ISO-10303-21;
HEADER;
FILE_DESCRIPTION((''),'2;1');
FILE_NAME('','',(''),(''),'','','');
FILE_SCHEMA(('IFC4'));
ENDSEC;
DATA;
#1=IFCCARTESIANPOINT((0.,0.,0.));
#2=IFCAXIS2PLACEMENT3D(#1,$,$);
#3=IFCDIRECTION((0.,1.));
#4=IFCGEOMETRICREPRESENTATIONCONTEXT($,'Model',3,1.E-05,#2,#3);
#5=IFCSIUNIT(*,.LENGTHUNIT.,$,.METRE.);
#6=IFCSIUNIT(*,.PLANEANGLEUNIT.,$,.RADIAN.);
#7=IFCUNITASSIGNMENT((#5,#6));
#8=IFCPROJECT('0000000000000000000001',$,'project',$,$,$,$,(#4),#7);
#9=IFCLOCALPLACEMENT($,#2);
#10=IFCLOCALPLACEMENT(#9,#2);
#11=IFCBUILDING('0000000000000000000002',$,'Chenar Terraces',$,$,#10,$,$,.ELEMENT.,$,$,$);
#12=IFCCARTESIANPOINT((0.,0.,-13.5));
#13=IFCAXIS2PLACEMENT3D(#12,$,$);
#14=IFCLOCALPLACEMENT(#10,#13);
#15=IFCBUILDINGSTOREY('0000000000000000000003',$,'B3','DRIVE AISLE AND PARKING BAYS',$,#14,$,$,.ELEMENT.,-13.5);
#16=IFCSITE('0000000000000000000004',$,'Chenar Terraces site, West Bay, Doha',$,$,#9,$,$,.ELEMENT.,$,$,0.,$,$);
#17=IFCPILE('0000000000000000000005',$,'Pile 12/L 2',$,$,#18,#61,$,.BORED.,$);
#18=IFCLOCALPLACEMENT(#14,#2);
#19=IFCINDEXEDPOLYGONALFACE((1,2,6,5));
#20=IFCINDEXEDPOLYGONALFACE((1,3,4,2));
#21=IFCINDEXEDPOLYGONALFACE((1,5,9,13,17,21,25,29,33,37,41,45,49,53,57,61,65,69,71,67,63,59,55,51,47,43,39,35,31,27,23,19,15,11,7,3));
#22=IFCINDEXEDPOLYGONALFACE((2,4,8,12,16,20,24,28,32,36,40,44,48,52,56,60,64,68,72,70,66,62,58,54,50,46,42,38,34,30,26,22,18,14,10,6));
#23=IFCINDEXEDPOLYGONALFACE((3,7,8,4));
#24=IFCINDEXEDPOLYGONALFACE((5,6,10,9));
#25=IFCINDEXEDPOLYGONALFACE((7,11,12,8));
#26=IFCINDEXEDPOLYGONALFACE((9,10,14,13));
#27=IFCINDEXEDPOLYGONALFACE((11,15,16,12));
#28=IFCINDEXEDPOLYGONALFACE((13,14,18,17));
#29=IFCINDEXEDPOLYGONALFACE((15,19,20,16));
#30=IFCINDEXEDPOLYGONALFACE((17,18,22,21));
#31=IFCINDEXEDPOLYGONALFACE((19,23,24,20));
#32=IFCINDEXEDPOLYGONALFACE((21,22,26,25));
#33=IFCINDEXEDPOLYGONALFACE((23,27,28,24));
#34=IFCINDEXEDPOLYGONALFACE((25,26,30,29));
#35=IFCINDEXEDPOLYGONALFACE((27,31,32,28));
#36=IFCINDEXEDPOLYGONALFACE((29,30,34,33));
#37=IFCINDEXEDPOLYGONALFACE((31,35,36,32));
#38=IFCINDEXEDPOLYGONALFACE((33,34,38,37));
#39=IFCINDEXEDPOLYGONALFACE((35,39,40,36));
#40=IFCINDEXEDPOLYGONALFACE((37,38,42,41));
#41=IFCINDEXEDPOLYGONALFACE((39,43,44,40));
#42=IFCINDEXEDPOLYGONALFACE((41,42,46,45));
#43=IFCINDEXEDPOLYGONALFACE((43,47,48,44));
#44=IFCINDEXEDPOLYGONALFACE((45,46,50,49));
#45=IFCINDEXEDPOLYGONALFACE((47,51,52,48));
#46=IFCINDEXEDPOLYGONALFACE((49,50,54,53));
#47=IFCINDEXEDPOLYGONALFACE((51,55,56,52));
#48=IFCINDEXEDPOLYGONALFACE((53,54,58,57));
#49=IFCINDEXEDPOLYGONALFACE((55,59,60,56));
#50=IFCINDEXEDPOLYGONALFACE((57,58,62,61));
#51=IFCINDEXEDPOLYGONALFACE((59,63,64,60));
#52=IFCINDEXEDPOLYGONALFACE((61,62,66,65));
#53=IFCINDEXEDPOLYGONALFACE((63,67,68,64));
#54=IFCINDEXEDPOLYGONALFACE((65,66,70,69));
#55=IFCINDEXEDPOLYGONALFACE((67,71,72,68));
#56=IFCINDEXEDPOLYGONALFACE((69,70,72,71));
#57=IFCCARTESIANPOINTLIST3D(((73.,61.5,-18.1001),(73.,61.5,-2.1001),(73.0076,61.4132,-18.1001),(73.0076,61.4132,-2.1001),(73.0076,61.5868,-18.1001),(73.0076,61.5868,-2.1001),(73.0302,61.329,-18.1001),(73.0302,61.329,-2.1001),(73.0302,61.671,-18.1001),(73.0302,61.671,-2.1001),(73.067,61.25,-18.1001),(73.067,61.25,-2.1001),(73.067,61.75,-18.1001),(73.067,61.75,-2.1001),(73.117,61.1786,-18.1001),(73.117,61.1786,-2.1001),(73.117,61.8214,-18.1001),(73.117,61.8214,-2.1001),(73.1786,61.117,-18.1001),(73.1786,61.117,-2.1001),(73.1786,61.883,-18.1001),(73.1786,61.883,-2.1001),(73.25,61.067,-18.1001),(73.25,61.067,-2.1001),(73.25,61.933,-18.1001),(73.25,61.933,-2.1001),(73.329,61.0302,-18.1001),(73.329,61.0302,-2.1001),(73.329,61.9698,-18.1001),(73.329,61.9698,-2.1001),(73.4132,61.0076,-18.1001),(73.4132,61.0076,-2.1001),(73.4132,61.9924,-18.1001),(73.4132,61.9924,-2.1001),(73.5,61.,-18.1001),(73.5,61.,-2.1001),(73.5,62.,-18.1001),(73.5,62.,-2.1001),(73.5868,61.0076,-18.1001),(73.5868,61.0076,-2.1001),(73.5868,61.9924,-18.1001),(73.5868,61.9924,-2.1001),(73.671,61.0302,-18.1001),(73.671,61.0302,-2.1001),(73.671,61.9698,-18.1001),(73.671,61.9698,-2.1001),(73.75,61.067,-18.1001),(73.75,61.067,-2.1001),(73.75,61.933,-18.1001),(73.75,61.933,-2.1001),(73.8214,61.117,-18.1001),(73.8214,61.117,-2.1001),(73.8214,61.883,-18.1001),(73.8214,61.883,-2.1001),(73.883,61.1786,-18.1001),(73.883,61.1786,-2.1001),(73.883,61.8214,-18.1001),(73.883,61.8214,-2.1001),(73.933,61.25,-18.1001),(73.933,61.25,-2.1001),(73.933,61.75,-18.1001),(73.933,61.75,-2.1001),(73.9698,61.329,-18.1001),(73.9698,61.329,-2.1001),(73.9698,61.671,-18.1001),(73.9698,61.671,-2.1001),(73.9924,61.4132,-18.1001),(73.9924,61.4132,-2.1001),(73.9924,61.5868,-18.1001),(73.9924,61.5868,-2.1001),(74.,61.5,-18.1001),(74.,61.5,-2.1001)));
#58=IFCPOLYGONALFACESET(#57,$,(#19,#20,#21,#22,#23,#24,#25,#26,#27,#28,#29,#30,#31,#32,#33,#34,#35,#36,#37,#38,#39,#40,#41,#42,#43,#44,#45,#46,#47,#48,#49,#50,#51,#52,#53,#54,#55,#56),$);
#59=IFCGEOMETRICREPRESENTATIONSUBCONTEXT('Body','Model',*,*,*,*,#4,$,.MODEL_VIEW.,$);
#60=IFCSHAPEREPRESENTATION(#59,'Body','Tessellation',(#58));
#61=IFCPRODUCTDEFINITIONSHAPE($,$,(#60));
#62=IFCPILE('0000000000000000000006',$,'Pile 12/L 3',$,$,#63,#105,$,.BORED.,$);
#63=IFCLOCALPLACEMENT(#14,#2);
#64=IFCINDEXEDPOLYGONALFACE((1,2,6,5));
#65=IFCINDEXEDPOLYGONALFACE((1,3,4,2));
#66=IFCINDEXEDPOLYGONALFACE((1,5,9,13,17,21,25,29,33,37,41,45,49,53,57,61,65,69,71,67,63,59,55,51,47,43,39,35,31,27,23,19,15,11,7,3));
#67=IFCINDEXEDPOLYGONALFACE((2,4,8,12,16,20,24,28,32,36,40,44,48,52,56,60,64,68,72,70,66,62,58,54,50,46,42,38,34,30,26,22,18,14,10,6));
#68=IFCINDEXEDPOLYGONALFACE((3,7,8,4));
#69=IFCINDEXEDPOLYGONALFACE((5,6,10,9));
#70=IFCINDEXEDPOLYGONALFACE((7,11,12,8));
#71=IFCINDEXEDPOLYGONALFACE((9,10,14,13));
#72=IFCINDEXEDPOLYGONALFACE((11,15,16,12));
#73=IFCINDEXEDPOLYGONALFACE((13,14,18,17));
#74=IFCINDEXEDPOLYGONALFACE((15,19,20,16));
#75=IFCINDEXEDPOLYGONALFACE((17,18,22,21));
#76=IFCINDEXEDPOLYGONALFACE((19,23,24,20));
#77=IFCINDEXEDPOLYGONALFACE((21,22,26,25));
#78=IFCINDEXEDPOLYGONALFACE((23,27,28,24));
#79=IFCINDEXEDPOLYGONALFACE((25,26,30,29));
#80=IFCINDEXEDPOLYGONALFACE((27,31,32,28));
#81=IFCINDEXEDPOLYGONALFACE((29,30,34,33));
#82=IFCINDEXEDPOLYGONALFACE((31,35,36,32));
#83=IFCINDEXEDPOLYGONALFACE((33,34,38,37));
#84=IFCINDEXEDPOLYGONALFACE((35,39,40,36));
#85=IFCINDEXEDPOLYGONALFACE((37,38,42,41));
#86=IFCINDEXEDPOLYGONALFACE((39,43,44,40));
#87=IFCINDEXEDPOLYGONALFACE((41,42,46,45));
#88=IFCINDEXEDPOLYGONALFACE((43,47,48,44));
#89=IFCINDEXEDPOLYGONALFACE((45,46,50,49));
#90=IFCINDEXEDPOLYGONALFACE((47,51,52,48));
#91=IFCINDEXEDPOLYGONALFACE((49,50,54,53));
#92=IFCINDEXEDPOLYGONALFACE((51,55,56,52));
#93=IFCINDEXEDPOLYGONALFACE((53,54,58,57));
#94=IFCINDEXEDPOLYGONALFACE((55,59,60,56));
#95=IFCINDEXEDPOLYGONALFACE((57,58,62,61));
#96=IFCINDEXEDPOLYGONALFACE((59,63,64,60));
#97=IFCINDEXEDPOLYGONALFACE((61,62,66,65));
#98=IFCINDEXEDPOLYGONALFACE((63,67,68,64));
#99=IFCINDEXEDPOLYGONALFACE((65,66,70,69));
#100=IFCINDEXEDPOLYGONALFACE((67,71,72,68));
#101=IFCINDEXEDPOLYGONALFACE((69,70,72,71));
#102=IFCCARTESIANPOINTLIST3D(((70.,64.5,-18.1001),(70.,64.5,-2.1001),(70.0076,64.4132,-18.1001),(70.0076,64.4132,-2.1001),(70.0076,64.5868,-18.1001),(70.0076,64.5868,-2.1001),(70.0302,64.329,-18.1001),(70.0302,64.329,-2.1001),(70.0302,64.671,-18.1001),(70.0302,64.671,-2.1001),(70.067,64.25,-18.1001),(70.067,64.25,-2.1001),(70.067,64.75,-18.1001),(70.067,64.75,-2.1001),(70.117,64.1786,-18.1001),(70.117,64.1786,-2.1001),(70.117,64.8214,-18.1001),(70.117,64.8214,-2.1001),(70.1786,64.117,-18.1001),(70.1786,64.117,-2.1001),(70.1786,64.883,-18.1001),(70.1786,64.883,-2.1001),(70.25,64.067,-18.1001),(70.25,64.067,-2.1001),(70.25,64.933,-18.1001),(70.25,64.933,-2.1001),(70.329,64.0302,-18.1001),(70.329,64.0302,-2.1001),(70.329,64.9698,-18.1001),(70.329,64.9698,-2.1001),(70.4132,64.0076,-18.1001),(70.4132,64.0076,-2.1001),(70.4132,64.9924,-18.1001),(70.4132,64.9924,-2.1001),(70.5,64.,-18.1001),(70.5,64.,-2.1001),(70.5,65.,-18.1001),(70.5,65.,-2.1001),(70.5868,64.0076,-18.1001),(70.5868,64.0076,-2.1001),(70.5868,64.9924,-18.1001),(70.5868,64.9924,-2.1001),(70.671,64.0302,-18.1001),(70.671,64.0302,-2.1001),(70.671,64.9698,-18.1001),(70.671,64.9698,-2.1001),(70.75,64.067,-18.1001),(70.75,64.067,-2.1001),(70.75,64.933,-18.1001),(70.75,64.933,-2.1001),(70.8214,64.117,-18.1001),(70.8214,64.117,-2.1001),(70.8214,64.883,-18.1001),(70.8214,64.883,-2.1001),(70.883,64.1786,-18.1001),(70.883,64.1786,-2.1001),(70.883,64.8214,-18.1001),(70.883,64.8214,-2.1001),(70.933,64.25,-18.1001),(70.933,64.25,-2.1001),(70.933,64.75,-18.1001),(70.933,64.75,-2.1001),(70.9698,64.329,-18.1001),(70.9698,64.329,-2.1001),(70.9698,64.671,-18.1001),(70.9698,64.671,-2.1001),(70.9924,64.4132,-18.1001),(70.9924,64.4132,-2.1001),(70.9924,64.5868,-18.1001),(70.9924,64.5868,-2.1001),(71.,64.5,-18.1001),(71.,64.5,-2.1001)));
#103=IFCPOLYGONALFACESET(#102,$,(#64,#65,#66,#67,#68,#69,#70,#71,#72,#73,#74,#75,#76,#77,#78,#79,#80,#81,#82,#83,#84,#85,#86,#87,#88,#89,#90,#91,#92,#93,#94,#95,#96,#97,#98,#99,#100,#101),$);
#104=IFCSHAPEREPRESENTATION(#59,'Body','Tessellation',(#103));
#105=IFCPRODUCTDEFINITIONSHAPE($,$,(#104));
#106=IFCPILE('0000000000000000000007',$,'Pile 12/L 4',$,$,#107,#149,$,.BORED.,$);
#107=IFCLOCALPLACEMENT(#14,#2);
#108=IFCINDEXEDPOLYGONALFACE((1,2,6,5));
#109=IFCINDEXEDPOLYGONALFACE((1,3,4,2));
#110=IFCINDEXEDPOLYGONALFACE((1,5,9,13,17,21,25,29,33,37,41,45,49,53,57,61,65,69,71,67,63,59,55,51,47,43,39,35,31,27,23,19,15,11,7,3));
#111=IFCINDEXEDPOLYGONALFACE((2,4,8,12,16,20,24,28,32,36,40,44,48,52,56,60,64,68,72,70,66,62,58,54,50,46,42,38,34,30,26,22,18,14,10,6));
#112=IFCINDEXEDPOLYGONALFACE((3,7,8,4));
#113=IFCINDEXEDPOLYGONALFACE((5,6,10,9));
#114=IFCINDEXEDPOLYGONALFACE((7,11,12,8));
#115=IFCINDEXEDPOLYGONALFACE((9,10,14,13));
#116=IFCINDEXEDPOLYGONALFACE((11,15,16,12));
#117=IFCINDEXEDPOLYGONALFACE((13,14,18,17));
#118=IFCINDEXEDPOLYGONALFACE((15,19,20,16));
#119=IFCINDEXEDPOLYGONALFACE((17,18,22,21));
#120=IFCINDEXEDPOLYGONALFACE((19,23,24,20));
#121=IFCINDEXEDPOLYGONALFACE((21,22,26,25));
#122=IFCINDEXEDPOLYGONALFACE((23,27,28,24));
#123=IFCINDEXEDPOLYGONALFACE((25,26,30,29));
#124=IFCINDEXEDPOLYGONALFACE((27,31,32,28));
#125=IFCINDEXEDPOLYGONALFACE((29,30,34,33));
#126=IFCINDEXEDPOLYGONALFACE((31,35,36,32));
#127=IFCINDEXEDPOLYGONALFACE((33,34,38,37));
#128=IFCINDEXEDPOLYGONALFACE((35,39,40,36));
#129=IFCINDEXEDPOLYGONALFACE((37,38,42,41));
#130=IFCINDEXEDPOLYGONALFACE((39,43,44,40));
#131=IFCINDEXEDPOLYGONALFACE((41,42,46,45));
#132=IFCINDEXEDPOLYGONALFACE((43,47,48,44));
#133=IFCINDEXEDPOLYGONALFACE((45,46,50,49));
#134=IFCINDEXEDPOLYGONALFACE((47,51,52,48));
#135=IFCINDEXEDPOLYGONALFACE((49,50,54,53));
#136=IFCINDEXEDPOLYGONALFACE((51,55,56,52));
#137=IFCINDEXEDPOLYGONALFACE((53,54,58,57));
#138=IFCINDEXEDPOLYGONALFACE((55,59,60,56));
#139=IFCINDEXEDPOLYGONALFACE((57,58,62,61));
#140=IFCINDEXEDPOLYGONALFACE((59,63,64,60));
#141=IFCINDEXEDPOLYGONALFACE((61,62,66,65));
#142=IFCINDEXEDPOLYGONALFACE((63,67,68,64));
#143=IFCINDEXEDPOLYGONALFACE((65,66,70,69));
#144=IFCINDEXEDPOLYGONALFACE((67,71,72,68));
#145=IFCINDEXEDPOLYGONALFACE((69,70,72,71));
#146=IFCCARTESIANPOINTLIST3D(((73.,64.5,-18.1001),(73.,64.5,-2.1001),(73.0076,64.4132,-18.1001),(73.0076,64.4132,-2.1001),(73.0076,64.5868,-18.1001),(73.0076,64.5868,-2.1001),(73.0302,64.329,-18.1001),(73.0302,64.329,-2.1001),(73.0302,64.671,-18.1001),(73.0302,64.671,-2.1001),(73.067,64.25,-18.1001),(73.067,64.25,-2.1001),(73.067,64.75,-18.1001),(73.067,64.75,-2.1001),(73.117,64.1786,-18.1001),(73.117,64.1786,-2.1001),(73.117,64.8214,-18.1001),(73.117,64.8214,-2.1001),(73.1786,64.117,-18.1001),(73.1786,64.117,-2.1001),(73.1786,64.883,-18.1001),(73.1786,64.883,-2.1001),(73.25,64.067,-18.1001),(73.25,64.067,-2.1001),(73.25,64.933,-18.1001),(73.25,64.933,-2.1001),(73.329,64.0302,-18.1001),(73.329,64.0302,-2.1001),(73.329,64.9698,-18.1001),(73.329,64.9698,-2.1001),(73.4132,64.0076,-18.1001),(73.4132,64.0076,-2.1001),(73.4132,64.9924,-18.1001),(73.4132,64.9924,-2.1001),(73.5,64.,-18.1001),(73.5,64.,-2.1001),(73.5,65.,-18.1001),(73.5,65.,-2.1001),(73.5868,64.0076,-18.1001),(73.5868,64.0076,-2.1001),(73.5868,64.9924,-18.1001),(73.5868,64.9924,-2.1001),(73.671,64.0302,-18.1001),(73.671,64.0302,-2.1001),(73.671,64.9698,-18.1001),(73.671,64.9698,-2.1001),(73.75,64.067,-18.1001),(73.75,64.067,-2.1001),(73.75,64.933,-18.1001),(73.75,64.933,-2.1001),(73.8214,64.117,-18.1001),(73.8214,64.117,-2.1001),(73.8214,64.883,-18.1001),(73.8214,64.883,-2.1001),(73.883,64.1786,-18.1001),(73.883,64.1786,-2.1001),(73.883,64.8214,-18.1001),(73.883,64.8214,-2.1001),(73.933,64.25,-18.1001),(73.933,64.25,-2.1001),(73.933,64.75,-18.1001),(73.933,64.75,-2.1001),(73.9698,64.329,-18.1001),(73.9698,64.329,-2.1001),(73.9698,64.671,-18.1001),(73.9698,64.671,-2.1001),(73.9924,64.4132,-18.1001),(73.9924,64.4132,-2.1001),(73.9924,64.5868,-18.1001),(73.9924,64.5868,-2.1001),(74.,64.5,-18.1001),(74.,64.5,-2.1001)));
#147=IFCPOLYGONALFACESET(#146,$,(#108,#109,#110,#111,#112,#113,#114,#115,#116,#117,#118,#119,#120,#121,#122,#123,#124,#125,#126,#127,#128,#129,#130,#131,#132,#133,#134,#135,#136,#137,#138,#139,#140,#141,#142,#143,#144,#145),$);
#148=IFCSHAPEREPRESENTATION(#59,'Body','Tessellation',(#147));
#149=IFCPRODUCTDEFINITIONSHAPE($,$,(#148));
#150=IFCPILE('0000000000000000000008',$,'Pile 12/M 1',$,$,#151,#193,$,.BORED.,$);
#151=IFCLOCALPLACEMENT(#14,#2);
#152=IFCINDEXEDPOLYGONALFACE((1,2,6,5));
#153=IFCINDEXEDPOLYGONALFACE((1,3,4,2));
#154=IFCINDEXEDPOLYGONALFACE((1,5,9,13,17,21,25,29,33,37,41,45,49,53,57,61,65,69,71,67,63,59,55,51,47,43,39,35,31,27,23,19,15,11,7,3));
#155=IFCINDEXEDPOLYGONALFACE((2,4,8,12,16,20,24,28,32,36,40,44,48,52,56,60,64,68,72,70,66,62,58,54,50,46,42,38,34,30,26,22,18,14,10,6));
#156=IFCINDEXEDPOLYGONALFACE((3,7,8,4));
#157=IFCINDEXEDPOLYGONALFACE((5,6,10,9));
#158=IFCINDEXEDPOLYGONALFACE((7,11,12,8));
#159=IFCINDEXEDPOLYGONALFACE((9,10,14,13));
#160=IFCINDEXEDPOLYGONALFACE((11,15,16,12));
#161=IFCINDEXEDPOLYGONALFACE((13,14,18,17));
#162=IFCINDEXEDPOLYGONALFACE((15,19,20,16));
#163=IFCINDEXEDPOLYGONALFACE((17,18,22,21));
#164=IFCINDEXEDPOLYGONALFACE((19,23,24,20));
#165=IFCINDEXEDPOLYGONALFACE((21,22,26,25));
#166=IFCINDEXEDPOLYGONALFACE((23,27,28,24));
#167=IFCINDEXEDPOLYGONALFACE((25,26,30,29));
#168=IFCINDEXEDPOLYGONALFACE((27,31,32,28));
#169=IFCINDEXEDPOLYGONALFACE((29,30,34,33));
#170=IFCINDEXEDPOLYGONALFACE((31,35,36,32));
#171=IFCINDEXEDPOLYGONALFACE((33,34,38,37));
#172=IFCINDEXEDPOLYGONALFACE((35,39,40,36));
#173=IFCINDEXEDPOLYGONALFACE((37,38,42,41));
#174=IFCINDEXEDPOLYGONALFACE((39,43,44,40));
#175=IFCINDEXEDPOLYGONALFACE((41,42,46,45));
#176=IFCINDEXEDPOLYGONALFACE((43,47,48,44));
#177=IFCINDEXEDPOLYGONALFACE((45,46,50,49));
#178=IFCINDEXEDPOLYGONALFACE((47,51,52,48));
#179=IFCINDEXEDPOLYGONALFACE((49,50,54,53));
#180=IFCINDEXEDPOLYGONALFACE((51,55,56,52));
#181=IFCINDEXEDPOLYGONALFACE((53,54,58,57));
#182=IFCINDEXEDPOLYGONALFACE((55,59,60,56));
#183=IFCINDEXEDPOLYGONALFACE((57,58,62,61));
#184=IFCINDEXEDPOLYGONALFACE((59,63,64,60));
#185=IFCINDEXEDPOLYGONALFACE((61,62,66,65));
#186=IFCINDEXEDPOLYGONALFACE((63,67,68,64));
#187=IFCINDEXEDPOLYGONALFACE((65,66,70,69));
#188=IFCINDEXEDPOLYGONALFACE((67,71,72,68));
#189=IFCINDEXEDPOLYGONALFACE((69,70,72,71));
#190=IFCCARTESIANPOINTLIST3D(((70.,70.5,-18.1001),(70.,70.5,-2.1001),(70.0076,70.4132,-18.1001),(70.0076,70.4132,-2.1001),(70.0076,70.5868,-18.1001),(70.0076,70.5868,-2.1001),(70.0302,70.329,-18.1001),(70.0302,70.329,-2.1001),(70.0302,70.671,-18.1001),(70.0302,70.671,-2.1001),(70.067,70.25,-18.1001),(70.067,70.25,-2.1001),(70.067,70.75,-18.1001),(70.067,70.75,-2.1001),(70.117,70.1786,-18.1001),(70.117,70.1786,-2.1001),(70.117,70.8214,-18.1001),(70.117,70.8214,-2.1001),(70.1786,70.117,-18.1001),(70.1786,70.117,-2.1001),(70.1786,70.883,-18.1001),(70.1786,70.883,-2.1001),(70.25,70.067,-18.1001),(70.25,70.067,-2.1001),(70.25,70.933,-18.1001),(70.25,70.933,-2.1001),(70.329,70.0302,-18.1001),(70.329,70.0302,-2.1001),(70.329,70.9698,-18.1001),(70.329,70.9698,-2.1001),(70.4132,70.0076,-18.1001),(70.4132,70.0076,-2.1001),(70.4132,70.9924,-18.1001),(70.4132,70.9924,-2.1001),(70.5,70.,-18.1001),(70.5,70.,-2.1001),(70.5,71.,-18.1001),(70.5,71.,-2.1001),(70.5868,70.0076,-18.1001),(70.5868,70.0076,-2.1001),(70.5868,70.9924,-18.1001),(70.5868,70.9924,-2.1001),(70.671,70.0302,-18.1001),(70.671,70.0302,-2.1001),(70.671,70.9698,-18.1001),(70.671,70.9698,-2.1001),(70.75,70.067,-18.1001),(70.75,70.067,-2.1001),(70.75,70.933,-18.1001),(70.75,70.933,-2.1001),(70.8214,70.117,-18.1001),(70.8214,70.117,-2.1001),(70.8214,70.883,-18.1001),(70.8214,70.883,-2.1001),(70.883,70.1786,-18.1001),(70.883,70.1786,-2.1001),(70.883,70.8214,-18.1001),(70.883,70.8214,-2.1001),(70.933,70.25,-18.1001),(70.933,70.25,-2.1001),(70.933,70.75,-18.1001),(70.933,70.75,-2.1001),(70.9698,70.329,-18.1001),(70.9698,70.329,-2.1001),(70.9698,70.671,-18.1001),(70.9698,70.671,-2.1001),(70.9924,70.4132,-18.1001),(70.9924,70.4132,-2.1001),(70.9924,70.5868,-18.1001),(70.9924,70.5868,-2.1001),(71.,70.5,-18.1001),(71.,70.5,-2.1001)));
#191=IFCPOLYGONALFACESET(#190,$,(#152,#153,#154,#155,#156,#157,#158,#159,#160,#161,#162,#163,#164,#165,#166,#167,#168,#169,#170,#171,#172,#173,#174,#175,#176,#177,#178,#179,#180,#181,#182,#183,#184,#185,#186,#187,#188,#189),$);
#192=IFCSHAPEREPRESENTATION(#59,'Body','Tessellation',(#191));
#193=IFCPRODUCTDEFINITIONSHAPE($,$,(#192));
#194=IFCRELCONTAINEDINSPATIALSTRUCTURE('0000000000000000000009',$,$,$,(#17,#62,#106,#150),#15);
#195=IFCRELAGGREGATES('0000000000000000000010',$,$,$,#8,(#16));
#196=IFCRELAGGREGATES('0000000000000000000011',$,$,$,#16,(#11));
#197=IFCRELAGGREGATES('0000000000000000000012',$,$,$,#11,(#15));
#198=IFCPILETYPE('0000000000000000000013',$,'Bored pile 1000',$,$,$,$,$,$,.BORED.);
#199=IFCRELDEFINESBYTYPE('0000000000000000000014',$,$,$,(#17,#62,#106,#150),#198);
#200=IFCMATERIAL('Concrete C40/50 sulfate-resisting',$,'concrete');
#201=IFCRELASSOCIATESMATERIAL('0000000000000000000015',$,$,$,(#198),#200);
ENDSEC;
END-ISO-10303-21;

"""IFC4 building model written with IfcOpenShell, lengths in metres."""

from ifc_helpers import new_model, si_unit, direction, frame, origin, origin_2d, place, context, subcontext, project, spatial, circle, extrude, material, material_profile, profile_set, type_object, element, save


model = new_model("IFC4")

# Units and contexts
model_context = context("Model", 3, precision=1e-05, world=origin(), true_north=direction((0.0, 1.0)))
body_context = subcontext(model_context, "Body", "Model", "MODEL_VIEW")
ifc_project = project(units=[si_unit("LENGTHUNIT", "METRE"), si_unit("PLANEANGLEUNIT", "RADIAN")], contexts=[model_context])

# Site, building, storey
site_placement = place(None, origin())
site = spatial("IfcSite", under=ifc_project, at=site_placement, Name="Chenar Terraces site, West Bay, Doha", CompositionType="ELEMENT", RefElevation=0.0)
building_placement = place(site_placement, origin())
building = spatial("IfcBuilding", under=site, at=building_placement, Name="Chenar Terraces", CompositionType="ELEMENT")
storey_placement = place(building_placement, frame((0.0, 0.0, -13.5)))
storey = spatial("IfcBuildingStorey", under=building, at=storey_placement, Name="B3", Description="DRIVE AISLE AND PARKING BAYS", CompositionType="ELEMENT", Elevation=-13.5)

# Piles
ifc_material_1 = material(Name="Concrete C40/50 sulfate-resisting", Category="concrete")
ifc_material_profile_1 = material_profile(ifc_material_1, circle(Radius=0.5, at=origin_2d()), Name="BP 1000")
ifc_profile_set_1 = profile_set([ifc_material_profile_1], Name="Concrete C40/50 sulfate-resisting")
pile_type = type_object("IfcPileType", Name="Bored pile 1000", PredefinedType="BORED", material=ifc_profile_set_1)
for number, where, z_axis, x_axis, name in (
    (1, (73.5, 61.5, -2.1001), (0.0, 0.0, -1.0), (1.0, 0.0, 0.0), "Pile 12/L 2"),
    (2, (70.5, 64.5, -2.1001), (0.0, 0.0, -1.0), (1.0, 0.0, 0.0), "Pile 12/L 3"),
    (3, (73.5, 64.5, -2.1001), (0.0, 0.0, -1.0), (1.0, 0.0, 0.0), "Pile 12/L 4"),
    (4, (70.5, 70.5, -2.1001), (0.0, 0.0, -1.0), (1.0, 0.0, 0.0), "Pile 12/M 1"),
):
    element("IfcPile", number, at=place(storey_placement, frame(where, z_axis=z_axis, x_axis=x_axis)), inside=storey, type_object=pile_type, Name=name, PredefinedType="BORED", context=body_context, shape_type="SweptSolid", body=[
        extrude(circle(Radius=0.5, at=origin_2d()), origin(), (0.0, 0.0, 1.0), 16.0),
    ])

save(model, "model.ifc")
